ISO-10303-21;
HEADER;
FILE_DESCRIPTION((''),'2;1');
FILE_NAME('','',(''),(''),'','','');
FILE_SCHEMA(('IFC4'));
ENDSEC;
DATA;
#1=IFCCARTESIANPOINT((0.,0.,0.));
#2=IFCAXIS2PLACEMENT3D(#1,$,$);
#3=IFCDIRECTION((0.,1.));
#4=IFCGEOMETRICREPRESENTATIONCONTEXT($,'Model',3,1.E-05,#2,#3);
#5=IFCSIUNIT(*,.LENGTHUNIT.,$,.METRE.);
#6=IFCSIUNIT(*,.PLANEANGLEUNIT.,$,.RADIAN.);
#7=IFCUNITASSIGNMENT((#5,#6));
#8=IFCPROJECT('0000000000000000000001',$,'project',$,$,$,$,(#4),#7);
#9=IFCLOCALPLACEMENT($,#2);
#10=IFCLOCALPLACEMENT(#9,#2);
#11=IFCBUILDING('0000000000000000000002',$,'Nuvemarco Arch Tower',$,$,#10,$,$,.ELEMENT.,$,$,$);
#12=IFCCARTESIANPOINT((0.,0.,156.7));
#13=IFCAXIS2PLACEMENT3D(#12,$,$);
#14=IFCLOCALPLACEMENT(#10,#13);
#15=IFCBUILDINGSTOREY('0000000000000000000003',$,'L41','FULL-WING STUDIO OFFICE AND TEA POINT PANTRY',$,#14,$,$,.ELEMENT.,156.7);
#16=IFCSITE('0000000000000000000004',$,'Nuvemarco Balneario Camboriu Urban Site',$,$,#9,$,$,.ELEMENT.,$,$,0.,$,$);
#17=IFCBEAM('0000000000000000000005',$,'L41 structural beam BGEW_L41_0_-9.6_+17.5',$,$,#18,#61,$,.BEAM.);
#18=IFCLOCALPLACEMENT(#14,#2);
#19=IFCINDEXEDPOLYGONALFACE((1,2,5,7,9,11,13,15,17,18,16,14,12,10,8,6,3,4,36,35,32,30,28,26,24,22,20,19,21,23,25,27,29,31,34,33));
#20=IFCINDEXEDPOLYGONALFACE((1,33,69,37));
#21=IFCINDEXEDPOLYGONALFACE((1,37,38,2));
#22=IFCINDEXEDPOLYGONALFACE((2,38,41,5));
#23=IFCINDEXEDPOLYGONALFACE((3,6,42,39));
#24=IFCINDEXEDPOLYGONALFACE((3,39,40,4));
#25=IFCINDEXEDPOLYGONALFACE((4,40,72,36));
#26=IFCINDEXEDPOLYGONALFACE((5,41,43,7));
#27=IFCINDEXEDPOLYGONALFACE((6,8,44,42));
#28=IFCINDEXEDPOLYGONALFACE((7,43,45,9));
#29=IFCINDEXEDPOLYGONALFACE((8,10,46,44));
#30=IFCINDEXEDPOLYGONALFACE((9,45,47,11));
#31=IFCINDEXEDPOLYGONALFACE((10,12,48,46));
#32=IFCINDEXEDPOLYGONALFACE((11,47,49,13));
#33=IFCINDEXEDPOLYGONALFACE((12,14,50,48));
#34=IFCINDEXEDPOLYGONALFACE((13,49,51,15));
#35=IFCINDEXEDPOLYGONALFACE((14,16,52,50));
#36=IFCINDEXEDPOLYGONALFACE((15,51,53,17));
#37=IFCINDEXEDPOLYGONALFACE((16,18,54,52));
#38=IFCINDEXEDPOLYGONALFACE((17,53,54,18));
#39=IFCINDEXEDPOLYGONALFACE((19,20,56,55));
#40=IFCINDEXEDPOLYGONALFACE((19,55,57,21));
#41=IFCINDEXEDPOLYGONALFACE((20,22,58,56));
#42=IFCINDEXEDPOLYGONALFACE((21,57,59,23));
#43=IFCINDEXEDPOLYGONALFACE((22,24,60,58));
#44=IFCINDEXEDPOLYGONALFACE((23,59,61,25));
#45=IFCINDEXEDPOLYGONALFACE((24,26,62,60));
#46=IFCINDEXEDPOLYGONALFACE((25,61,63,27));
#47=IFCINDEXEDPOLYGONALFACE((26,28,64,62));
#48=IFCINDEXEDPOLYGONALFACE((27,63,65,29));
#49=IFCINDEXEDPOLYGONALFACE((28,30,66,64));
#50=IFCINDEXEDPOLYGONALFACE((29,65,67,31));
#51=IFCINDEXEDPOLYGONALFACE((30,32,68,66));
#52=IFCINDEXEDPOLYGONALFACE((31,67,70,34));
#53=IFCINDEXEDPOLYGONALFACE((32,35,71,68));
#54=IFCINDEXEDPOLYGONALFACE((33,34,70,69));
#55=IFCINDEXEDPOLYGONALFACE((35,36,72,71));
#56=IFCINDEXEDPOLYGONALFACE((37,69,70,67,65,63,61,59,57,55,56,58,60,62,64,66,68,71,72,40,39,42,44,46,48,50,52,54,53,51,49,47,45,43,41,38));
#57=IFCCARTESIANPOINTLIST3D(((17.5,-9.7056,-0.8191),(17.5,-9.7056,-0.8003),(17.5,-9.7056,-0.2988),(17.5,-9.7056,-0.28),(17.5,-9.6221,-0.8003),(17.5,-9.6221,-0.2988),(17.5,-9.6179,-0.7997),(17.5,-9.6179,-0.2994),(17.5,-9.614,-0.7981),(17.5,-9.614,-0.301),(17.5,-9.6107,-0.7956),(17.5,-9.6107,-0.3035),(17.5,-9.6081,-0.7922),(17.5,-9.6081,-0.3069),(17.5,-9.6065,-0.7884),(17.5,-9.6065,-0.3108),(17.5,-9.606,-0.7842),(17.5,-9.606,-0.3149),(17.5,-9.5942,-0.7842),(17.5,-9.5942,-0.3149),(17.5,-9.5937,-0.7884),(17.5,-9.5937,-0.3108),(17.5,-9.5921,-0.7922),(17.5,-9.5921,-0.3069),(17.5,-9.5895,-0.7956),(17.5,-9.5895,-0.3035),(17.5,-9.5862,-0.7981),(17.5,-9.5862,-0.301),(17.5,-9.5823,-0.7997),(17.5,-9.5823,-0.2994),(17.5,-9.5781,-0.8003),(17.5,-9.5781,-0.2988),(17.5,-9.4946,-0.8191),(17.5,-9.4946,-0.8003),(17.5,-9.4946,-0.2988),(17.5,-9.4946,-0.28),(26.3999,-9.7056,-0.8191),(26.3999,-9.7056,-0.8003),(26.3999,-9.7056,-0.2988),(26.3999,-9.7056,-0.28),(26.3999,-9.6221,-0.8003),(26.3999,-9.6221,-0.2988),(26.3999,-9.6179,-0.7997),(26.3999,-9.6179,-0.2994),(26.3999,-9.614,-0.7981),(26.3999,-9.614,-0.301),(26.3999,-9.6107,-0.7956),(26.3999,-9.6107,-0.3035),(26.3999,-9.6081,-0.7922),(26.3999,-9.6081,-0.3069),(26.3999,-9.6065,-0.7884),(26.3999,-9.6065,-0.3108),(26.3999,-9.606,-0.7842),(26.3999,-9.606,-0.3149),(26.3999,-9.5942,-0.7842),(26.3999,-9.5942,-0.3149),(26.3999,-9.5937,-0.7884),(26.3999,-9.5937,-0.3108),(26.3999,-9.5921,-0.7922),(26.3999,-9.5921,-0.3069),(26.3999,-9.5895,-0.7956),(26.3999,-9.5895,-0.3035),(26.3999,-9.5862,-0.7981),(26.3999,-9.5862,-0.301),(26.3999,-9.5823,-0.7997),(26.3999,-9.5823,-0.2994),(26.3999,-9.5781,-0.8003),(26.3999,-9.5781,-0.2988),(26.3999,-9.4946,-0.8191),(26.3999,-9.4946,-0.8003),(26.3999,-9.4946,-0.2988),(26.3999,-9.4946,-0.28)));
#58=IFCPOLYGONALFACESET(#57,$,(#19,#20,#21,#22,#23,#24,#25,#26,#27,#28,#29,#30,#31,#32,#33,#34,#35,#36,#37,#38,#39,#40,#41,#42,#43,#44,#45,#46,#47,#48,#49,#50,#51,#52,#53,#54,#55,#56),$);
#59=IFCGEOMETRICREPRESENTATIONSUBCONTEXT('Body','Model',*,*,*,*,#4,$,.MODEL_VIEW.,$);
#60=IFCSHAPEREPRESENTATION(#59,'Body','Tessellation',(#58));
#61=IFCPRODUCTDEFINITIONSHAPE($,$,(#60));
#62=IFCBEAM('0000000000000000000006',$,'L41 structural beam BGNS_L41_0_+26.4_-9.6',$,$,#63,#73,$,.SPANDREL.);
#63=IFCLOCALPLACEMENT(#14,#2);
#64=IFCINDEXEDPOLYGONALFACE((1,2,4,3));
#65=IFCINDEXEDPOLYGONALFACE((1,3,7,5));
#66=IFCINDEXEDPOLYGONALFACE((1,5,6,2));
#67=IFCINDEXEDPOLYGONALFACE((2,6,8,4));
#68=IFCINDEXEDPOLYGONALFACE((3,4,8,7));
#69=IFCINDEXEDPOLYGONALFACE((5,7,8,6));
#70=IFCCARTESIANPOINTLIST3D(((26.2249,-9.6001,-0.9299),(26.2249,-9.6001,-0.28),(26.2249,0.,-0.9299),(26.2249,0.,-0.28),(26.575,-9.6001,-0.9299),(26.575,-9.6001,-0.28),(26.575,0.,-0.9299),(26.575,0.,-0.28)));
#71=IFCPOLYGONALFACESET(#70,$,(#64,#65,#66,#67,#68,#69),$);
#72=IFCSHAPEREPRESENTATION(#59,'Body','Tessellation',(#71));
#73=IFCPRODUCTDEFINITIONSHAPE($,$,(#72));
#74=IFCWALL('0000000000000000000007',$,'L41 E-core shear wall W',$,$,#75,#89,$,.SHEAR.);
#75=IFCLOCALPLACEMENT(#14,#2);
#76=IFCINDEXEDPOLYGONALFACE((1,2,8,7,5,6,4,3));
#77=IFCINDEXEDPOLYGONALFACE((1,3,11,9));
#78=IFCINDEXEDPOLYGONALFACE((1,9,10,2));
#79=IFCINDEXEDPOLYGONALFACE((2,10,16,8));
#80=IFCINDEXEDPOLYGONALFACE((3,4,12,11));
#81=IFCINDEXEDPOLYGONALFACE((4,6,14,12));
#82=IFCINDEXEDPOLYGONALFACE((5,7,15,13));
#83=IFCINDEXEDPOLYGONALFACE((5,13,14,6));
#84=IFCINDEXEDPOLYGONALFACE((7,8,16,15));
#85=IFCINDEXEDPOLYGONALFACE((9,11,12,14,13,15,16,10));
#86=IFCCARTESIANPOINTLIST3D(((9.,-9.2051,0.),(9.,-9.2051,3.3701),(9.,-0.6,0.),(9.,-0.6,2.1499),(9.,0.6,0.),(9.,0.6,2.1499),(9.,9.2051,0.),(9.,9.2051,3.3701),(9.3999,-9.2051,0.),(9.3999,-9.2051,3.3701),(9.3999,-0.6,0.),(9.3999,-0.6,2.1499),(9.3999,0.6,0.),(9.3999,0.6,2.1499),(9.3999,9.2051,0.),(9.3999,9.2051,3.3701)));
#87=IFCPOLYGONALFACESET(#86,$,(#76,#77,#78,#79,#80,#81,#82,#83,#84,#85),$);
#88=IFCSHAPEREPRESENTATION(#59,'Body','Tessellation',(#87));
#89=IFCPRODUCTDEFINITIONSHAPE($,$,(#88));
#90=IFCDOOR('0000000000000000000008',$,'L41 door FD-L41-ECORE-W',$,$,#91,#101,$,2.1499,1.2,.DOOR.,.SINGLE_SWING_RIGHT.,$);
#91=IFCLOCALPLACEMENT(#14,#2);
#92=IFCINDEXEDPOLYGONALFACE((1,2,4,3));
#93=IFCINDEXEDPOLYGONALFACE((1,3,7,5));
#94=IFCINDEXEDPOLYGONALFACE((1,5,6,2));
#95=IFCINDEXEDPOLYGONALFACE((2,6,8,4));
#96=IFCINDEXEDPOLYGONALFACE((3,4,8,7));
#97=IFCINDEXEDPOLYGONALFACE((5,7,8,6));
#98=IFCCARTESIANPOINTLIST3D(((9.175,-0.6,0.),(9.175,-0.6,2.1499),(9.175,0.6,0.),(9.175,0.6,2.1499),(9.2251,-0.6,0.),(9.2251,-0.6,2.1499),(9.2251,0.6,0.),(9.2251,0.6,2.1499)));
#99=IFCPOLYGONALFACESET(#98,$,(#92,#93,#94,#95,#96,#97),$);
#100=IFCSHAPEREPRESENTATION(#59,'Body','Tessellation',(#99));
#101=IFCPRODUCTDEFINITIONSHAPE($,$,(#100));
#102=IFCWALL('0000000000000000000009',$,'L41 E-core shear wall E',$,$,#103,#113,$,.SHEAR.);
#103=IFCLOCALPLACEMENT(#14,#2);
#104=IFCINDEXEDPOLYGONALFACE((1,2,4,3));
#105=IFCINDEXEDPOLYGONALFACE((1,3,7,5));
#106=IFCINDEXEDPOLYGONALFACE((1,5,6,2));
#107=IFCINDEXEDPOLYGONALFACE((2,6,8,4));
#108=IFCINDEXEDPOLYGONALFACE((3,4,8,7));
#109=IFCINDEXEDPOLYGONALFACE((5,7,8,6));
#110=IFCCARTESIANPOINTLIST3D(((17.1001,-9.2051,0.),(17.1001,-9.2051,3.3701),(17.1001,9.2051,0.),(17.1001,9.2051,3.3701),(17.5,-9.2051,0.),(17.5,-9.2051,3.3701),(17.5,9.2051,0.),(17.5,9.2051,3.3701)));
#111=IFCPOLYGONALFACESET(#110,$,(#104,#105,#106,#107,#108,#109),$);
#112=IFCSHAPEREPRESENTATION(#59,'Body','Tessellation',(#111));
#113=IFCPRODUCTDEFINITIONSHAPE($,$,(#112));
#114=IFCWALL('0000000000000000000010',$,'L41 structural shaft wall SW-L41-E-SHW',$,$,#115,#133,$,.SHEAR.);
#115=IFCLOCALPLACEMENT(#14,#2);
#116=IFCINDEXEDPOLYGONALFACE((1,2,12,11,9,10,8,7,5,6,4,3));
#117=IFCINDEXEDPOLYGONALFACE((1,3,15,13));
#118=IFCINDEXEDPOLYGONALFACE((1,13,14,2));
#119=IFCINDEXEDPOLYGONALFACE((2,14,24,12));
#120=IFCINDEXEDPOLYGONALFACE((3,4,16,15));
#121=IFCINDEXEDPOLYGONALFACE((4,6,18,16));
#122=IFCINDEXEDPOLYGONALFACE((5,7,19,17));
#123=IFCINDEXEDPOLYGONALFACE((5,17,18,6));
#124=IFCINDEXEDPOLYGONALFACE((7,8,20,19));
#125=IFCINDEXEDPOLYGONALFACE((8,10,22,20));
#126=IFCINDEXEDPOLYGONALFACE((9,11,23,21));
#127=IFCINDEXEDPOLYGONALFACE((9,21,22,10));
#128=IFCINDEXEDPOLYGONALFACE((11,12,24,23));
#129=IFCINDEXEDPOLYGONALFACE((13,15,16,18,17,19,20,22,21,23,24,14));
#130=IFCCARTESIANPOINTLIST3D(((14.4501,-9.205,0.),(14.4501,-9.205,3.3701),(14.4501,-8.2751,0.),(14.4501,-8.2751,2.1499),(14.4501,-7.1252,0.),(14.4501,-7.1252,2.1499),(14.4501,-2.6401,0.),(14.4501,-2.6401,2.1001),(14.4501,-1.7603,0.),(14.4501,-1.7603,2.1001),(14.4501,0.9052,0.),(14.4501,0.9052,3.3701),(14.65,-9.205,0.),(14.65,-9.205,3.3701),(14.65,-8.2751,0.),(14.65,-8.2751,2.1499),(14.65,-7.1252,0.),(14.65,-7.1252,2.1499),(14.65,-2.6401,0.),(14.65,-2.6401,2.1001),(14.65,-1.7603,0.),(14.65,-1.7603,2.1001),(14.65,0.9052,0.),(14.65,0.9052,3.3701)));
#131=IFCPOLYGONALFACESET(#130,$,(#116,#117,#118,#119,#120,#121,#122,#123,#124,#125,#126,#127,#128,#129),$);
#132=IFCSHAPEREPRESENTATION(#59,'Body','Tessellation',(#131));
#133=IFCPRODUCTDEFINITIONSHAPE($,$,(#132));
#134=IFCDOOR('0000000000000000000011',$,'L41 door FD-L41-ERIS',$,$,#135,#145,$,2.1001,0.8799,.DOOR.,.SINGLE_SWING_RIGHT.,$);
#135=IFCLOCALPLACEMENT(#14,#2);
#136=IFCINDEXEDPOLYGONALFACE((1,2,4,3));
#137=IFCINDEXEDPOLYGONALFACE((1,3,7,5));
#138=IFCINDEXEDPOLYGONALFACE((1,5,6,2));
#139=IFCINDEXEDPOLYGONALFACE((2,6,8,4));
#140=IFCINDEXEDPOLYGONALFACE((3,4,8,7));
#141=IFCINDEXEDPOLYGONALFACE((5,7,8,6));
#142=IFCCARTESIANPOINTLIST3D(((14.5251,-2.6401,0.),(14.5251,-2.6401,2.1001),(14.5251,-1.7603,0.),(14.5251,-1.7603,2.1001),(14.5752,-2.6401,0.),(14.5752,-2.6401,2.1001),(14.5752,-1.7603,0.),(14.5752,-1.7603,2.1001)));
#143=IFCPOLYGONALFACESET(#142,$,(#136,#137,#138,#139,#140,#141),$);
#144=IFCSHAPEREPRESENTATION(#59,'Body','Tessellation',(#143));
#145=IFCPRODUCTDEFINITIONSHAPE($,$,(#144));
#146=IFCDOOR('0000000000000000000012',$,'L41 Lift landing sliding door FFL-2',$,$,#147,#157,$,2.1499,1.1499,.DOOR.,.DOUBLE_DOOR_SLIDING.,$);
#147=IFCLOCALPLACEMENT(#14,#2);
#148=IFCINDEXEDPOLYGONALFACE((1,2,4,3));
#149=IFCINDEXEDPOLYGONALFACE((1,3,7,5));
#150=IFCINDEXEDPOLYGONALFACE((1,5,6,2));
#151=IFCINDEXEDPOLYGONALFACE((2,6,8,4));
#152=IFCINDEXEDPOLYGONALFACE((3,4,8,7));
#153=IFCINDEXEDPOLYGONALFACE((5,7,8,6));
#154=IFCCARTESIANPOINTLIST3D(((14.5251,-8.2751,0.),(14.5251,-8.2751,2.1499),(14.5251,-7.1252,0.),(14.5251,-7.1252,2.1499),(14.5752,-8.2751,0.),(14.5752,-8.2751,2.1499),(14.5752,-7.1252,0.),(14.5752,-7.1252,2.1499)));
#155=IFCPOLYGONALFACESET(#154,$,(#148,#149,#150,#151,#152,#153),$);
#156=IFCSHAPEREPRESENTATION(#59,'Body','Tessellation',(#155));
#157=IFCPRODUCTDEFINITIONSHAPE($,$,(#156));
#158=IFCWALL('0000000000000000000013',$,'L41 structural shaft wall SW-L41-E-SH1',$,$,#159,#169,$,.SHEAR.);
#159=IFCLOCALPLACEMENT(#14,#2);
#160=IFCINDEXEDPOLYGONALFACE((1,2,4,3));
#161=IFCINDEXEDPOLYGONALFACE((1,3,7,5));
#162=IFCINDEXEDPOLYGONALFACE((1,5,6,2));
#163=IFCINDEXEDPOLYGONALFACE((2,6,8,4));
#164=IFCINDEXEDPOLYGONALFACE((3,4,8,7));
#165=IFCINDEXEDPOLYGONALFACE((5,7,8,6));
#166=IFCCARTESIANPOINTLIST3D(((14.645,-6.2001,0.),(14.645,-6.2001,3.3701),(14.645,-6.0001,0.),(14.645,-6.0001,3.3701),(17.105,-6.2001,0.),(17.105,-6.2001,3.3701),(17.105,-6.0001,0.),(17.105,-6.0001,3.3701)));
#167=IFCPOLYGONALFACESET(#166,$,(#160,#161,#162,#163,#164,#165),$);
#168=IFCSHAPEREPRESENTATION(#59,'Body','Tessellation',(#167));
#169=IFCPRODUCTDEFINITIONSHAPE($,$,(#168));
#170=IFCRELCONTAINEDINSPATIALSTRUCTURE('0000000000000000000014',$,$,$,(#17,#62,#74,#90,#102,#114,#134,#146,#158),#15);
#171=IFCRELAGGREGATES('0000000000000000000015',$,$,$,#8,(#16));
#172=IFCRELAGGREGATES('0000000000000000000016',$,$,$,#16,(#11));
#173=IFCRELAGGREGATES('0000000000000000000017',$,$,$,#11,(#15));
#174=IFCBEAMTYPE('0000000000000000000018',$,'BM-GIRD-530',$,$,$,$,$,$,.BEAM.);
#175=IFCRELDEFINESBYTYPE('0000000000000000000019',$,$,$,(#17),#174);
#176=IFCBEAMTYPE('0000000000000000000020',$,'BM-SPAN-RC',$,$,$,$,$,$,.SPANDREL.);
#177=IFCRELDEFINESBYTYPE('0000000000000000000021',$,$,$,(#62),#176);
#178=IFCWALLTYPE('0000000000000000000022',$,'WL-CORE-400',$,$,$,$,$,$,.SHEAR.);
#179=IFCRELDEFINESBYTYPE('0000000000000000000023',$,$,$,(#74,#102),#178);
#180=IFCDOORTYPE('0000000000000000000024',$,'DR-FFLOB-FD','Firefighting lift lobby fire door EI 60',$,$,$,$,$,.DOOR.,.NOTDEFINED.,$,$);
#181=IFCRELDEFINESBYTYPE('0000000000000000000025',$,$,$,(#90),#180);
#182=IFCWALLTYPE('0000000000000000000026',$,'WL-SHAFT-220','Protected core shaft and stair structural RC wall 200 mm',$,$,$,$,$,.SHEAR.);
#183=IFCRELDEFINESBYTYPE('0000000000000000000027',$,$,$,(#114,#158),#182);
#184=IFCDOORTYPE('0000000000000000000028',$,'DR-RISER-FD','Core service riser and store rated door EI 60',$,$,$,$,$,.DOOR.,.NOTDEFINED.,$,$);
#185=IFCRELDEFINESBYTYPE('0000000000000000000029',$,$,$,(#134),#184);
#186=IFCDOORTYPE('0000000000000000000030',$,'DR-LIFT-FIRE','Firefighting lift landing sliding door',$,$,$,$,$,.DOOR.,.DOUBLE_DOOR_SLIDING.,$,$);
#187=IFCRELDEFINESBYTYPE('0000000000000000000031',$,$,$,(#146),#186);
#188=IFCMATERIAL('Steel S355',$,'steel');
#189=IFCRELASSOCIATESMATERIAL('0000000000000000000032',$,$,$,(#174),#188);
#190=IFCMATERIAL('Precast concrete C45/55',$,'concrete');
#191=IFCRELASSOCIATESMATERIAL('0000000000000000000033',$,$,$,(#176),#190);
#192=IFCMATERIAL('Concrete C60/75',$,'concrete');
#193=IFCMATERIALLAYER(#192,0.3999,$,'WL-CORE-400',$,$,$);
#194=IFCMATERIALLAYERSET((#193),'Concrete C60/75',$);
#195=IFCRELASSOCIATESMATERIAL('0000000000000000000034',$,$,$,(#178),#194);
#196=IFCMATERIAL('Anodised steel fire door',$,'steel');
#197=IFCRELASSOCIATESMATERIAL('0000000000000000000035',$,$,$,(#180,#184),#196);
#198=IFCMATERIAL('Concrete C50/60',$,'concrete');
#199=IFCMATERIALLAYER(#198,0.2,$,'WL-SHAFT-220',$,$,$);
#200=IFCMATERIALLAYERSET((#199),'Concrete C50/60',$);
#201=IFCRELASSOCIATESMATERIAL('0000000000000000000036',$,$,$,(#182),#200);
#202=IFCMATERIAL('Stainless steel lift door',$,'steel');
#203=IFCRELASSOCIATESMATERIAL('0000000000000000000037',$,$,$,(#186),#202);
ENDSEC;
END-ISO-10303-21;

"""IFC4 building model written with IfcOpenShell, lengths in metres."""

from ifc_helpers import new_model, si_unit, direction, frame, frame_2d, origin, origin_2d, place, context, subcontext, project, spatial, rectangle, i_section, extrude, source, transform, mapped, material, layer, layer_set, material_profile, profile_set, type_object, type_shapes, element, fill, save


model = new_model("IFC4")

# Units and contexts
model_context = context("Model", 3, precision=1e-05, world=origin(), true_north=direction((0.0, 1.0)))
body_context = subcontext(model_context, "Body", "Model", "MODEL_VIEW")
ifc_project = project(units=[si_unit("LENGTHUNIT", "METRE"), si_unit("PLANEANGLEUNIT", "RADIAN")], contexts=[model_context])

# Site, building, storey
site_placement = place(None, origin())
site = spatial("IfcSite", under=ifc_project, at=site_placement, Name="Nuvemarco Balneario Camboriu Urban Site", CompositionType="ELEMENT", RefElevation=0.0)
building_placement = place(site_placement, origin())
building = spatial("IfcBuilding", under=site, at=building_placement, Name="Nuvemarco Arch Tower", CompositionType="ELEMENT")
storey_placement = place(building_placement, frame((0.0, 0.0, 156.7)))
storey = spatial("IfcBuildingStorey", under=building, at=storey_placement, Name="L41", Description="FULL-WING STUDIO OFFICE AND TEA POINT PANTRY", CompositionType="ELEMENT", Elevation=156.7)

# Shared definitions
ifc_material_1 = material(Name="Concrete C50/60", Category="concrete")
ifc_material_2 = material(Name="Steel S355", Category="steel")

# Beams
ifc_material_profile_1 = material_profile(ifc_material_2, i_section(OverallWidth=0.2109, OverallDepth=0.5391, WebThickness=0.0117, FlangeThickness=0.0188, FilletRadius=0.0161, at=origin_2d()), Name="W530x109")
ifc_profile_set_1 = profile_set([ifc_material_profile_1], Name="Steel S355")
beam_type_1 = type_object("IfcBeamType", Name="BM-GIRD-530", PredefinedType="BEAM", material=ifc_profile_set_1)
beam_1_placement = place(storey_placement, frame((17.5, -9.6001, -0.5496), z_axis=(1.0, 0.0, 0.0), x_axis=(0.0, 1.0, 0.0)))
element("IfcBeam", 1, at=beam_1_placement, inside=storey, type_object=beam_type_1, Name="L41 structural beam BGEW_L41_0_-9.6_+17.5", PredefinedType="BEAM", context=body_context, shape_type="SweptSolid", body=[
    extrude(i_section(OverallWidth=0.2109, OverallDepth=0.5391, WebThickness=0.0117, FlangeThickness=0.0188, FilletRadius=0.0161, at=origin_2d()), origin(), (0.0, 0.0, 1.0), 8.8999),
])
ifc_material_3 = material(Name="Precast concrete C45/55", Category="concrete")
ifc_material_profile_2 = material_profile(ifc_material_3, rectangle(XDim=0.3501, YDim=0.6499, at=origin_2d()), Name="PC-SP-350x650")
ifc_profile_set_2 = profile_set([ifc_material_profile_2], Name="Precast concrete C45/55")
beam_type_2 = type_object("IfcBeamType", Name="BM-SPAN-RC", PredefinedType="SPANDREL", material=ifc_profile_set_2)
beam_2_placement = place(storey_placement, frame((26.3999, -9.6001, -0.605), z_axis=(0.0, 1.0, 0.0), x_axis=(-1.0, 0.0, 0.0)))
element("IfcBeam", 2, at=beam_2_placement, inside=storey, type_object=beam_type_2, Name="L41 structural beam BGNS_L41_0_+26.4_-9.6", PredefinedType="SPANDREL", context=body_context, shape_type="SweptSolid", body=[
    extrude(rectangle(XDim=0.3501, YDim=0.6499, at=origin_2d()), origin(), (0.0, 0.0, 1.0), 9.6001),
])

# Wall, opening, door
ifc_material_4 = material(Name="Concrete C60/75", Category="concrete")
ifc_layer_1 = layer(ifc_material_4, 0.3999, Name="WL-CORE-400")
ifc_layer_set_1 = layer_set([ifc_layer_1], Name="Concrete C60/75")
wall_type_1 = type_object("IfcWallType", Name="WL-CORE-400", PredefinedType="SHEAR", material=ifc_layer_set_1)
wall_1_placement = place(storey_placement, frame((9.2, -9.2051, 0.0), z_axis=(0.0, 0.0, 1.0), x_axis=(0.0, 1.0, 0.0)))
wall_1 = element("IfcWall", 3, at=wall_1_placement, inside=storey, type_object=wall_type_1, Name="L41 E-core shear wall W", PredefinedType="SHEAR", context=body_context, shape_type="SweptSolid", body=[
    extrude(rectangle(XDim=18.4102, YDim=0.3999, at=frame_2d((9.2051, 0.0))), origin(), (0.0, 0.0, 1.0), 3.3701),
])
opening_1_placement = place(wall_1_placement, frame((8.605, 0.0, 0.0)))
opening_1 = element("IfcOpeningElement", 4, at=opening_1_placement, cuts=wall_1, PredefinedType="OPENING", context=body_context, shape_type="SweptSolid", body=[
    extrude(rectangle(XDim=1.2, YDim=2.1499, at=frame_2d((0.6001, 1.075))), frame((0.0, 0.21, 0.0), z_axis=(0.0, -1.0, 0.0), x_axis=(1.0, 0.0, 0.0)), (0.0, 0.0, 1.0), 0.4199),
])
ifc_material_5 = material(Name="Anodised steel fire door", Category="steel")
door_type_1 = type_object("IfcDoorType", Name="DR-FFLOB-FD", Description="Firefighting lift lobby fire door EI 60", OperationType="NOTDEFINED", PredefinedType="DOOR", material=ifc_material_5)
shared_shape_1 = source(origin(), body_context, "Body", "SweptSolid", [
    extrude(rectangle(XDim=1.2, YDim=2.1499, at=frame_2d((0.6001, 1.075))), frame((0.0, 0.0249, 0.0), z_axis=(0.0, -1.0, 0.0), x_axis=(1.0, 0.0, 0.0)), (0.0, 0.0, 1.0), 0.05),
])
type_shapes(door_type_1, [shared_shape_1])
door_1_placement = place(opening_1_placement, origin())
door_1 = element("IfcDoor", 5, at=door_1_placement, inside=storey, type_object=door_type_1, Name="L41 door FD-L41-ECORE-W", OperationType="SINGLE_SWING_RIGHT", OverallHeight=2.1499, OverallWidth=1.2, PredefinedType="DOOR", context=body_context, shape_type="MappedRepresentation", body=[
    mapped(shared_shape_1, transform((0.0, 0.0, 0.0), scale=1.0)),
])
fill(opening_1, door_1)

# Wall
wall_2_placement = place(storey_placement, frame((17.3, -9.2051, 0.0), z_axis=(0.0, 0.0, 1.0), x_axis=(0.0, 1.0, 0.0)))
element("IfcWall", 6, at=wall_2_placement, inside=storey, type_object=wall_type_1, Name="L41 E-core shear wall E", PredefinedType="SHEAR", context=body_context, shape_type="SweptSolid", body=[
    extrude(rectangle(XDim=18.4102, YDim=0.3999, at=frame_2d((9.2051, 0.0))), origin(), (0.0, 0.0, 1.0), 3.3701),
])

# Wall, openings, doors
ifc_layer_2 = layer(ifc_material_1, 0.2, Name="WL-SHAFT-220")
ifc_layer_set_2 = layer_set([ifc_layer_2], Name="Concrete C50/60")
wall_type_2 = type_object("IfcWallType", Name="WL-SHAFT-220", Description="Protected core shaft and stair structural RC wall 200 mm", PredefinedType="SHEAR", material=ifc_layer_set_2)
wall_3_placement = place(storey_placement, frame((14.55, -9.2051, 0.0), z_axis=(0.0, 0.0, 1.0), x_axis=(0.0, 1.0, 0.0)))
wall_3 = element("IfcWall", 7, at=wall_3_placement, inside=storey, type_object=wall_type_2, Name="L41 structural shaft wall SW-L41-E-SHW", PredefinedType="SHEAR", context=body_context, shape_type="SweptSolid", body=[
    extrude(rectangle(XDim=10.1101, YDim=0.2, at=frame_2d((5.0552, 0.0))), origin(), (0.0, 0.0, 1.0), 3.3701),
])
opening_2_placement = place(wall_3_placement, frame((6.5649, 0.0, 0.0)))
opening_2 = element("IfcOpeningElement", 8, at=opening_2_placement, cuts=wall_3, PredefinedType="OPENING", context=body_context, shape_type="SweptSolid", body=[
    extrude(rectangle(XDim=0.8799, YDim=2.1001, at=frame_2d((0.4399, 1.05))), frame((0.0, 0.1099, 0.0), z_axis=(0.0, -1.0, 0.0), x_axis=(1.0, 0.0, 0.0)), (0.0, 0.0, 1.0), 0.22),
])
opening_3_placement = place(wall_3_placement, frame((0.9299, 0.0, 0.0)))
opening_3 = element("IfcOpeningElement", 9, at=opening_3_placement, cuts=wall_3, PredefinedType="OPENING", context=body_context, shape_type="SweptSolid", body=[
    extrude(rectangle(XDim=1.1499, YDim=2.1499, at=frame_2d((0.575, 1.075))), frame((0.0, 0.1099, 0.0), z_axis=(0.0, -1.0, 0.0), x_axis=(1.0, 0.0, 0.0)), (0.0, 0.0, 1.0), 0.22),
])
door_type_2 = type_object("IfcDoorType", Name="DR-RISER-FD", Description="Core service riser and store rated door EI 60", OperationType="NOTDEFINED", PredefinedType="DOOR", material=ifc_material_5)
shared_shape_2 = source(origin(), body_context, "Body", "SweptSolid", [
    extrude(rectangle(XDim=0.8799, YDim=2.1001, at=frame_2d((0.4399, 1.05))), frame((0.0, 0.0249, 0.0), z_axis=(0.0, -1.0, 0.0), x_axis=(1.0, 0.0, 0.0)), (0.0, 0.0, 1.0), 0.05),
])
type_shapes(door_type_2, [shared_shape_2])
door_2_placement = place(opening_2_placement, origin())
door_2 = element("IfcDoor", 10, at=door_2_placement, inside=storey, type_object=door_type_2, Name="L41 door FD-L41-ERIS", OperationType="SINGLE_SWING_RIGHT", OverallHeight=2.1001, OverallWidth=0.8799, PredefinedType="DOOR", context=body_context, shape_type="MappedRepresentation", body=[
    mapped(shared_shape_2, transform((0.0, 0.0, 0.0), scale=1.0)),
])
fill(opening_2, door_2)
ifc_material_6 = material(Name="Stainless steel lift door", Category="steel")
door_type_3 = type_object("IfcDoorType", Name="DR-LIFT-FIRE", Description="Firefighting lift landing sliding door", OperationType="DOUBLE_DOOR_SLIDING", PredefinedType="DOOR", material=ifc_material_6)
shared_shape_3 = source(origin(), body_context, "Body", "SweptSolid", [
    extrude(rectangle(XDim=1.1499, YDim=2.1499, at=frame_2d((0.575, 1.075))), frame((0.0, 0.0249, 0.0), z_axis=(0.0, -1.0, 0.0), x_axis=(1.0, 0.0, 0.0)), (0.0, 0.0, 1.0), 0.05),
])
type_shapes(door_type_3, [shared_shape_3])
door_3_placement = place(opening_3_placement, origin())
door_3 = element("IfcDoor", 11, at=door_3_placement, inside=storey, type_object=door_type_3, Name="L41 Lift landing sliding door FFL-2", OperationType="DOUBLE_DOOR_SLIDING", OverallHeight=2.1499, OverallWidth=1.1499, PredefinedType="DOOR", context=body_context, shape_type="MappedRepresentation", body=[
    mapped(shared_shape_3, transform((0.0, 0.0, 0.0), scale=1.0)),
])
fill(opening_3, door_3)

# Wall
wall_4_placement = place(storey_placement, frame((14.645, -6.1001, 0.0), z_axis=(0.0, 0.0, 1.0), x_axis=(1.0, 0.0, 0.0)))
element("IfcWall", 12, at=wall_4_placement, inside=storey, type_object=wall_type_2, Name="L41 structural shaft wall SW-L41-E-SH1", PredefinedType="SHEAR", context=body_context, shape_type="SweptSolid", body=[
    extrude(rectangle(XDim=2.46, YDim=0.2, at=frame_2d((1.23, 0.0))), origin(), (0.0, 0.0, 1.0), 3.3701),
])

save(model, "model.ifc")
